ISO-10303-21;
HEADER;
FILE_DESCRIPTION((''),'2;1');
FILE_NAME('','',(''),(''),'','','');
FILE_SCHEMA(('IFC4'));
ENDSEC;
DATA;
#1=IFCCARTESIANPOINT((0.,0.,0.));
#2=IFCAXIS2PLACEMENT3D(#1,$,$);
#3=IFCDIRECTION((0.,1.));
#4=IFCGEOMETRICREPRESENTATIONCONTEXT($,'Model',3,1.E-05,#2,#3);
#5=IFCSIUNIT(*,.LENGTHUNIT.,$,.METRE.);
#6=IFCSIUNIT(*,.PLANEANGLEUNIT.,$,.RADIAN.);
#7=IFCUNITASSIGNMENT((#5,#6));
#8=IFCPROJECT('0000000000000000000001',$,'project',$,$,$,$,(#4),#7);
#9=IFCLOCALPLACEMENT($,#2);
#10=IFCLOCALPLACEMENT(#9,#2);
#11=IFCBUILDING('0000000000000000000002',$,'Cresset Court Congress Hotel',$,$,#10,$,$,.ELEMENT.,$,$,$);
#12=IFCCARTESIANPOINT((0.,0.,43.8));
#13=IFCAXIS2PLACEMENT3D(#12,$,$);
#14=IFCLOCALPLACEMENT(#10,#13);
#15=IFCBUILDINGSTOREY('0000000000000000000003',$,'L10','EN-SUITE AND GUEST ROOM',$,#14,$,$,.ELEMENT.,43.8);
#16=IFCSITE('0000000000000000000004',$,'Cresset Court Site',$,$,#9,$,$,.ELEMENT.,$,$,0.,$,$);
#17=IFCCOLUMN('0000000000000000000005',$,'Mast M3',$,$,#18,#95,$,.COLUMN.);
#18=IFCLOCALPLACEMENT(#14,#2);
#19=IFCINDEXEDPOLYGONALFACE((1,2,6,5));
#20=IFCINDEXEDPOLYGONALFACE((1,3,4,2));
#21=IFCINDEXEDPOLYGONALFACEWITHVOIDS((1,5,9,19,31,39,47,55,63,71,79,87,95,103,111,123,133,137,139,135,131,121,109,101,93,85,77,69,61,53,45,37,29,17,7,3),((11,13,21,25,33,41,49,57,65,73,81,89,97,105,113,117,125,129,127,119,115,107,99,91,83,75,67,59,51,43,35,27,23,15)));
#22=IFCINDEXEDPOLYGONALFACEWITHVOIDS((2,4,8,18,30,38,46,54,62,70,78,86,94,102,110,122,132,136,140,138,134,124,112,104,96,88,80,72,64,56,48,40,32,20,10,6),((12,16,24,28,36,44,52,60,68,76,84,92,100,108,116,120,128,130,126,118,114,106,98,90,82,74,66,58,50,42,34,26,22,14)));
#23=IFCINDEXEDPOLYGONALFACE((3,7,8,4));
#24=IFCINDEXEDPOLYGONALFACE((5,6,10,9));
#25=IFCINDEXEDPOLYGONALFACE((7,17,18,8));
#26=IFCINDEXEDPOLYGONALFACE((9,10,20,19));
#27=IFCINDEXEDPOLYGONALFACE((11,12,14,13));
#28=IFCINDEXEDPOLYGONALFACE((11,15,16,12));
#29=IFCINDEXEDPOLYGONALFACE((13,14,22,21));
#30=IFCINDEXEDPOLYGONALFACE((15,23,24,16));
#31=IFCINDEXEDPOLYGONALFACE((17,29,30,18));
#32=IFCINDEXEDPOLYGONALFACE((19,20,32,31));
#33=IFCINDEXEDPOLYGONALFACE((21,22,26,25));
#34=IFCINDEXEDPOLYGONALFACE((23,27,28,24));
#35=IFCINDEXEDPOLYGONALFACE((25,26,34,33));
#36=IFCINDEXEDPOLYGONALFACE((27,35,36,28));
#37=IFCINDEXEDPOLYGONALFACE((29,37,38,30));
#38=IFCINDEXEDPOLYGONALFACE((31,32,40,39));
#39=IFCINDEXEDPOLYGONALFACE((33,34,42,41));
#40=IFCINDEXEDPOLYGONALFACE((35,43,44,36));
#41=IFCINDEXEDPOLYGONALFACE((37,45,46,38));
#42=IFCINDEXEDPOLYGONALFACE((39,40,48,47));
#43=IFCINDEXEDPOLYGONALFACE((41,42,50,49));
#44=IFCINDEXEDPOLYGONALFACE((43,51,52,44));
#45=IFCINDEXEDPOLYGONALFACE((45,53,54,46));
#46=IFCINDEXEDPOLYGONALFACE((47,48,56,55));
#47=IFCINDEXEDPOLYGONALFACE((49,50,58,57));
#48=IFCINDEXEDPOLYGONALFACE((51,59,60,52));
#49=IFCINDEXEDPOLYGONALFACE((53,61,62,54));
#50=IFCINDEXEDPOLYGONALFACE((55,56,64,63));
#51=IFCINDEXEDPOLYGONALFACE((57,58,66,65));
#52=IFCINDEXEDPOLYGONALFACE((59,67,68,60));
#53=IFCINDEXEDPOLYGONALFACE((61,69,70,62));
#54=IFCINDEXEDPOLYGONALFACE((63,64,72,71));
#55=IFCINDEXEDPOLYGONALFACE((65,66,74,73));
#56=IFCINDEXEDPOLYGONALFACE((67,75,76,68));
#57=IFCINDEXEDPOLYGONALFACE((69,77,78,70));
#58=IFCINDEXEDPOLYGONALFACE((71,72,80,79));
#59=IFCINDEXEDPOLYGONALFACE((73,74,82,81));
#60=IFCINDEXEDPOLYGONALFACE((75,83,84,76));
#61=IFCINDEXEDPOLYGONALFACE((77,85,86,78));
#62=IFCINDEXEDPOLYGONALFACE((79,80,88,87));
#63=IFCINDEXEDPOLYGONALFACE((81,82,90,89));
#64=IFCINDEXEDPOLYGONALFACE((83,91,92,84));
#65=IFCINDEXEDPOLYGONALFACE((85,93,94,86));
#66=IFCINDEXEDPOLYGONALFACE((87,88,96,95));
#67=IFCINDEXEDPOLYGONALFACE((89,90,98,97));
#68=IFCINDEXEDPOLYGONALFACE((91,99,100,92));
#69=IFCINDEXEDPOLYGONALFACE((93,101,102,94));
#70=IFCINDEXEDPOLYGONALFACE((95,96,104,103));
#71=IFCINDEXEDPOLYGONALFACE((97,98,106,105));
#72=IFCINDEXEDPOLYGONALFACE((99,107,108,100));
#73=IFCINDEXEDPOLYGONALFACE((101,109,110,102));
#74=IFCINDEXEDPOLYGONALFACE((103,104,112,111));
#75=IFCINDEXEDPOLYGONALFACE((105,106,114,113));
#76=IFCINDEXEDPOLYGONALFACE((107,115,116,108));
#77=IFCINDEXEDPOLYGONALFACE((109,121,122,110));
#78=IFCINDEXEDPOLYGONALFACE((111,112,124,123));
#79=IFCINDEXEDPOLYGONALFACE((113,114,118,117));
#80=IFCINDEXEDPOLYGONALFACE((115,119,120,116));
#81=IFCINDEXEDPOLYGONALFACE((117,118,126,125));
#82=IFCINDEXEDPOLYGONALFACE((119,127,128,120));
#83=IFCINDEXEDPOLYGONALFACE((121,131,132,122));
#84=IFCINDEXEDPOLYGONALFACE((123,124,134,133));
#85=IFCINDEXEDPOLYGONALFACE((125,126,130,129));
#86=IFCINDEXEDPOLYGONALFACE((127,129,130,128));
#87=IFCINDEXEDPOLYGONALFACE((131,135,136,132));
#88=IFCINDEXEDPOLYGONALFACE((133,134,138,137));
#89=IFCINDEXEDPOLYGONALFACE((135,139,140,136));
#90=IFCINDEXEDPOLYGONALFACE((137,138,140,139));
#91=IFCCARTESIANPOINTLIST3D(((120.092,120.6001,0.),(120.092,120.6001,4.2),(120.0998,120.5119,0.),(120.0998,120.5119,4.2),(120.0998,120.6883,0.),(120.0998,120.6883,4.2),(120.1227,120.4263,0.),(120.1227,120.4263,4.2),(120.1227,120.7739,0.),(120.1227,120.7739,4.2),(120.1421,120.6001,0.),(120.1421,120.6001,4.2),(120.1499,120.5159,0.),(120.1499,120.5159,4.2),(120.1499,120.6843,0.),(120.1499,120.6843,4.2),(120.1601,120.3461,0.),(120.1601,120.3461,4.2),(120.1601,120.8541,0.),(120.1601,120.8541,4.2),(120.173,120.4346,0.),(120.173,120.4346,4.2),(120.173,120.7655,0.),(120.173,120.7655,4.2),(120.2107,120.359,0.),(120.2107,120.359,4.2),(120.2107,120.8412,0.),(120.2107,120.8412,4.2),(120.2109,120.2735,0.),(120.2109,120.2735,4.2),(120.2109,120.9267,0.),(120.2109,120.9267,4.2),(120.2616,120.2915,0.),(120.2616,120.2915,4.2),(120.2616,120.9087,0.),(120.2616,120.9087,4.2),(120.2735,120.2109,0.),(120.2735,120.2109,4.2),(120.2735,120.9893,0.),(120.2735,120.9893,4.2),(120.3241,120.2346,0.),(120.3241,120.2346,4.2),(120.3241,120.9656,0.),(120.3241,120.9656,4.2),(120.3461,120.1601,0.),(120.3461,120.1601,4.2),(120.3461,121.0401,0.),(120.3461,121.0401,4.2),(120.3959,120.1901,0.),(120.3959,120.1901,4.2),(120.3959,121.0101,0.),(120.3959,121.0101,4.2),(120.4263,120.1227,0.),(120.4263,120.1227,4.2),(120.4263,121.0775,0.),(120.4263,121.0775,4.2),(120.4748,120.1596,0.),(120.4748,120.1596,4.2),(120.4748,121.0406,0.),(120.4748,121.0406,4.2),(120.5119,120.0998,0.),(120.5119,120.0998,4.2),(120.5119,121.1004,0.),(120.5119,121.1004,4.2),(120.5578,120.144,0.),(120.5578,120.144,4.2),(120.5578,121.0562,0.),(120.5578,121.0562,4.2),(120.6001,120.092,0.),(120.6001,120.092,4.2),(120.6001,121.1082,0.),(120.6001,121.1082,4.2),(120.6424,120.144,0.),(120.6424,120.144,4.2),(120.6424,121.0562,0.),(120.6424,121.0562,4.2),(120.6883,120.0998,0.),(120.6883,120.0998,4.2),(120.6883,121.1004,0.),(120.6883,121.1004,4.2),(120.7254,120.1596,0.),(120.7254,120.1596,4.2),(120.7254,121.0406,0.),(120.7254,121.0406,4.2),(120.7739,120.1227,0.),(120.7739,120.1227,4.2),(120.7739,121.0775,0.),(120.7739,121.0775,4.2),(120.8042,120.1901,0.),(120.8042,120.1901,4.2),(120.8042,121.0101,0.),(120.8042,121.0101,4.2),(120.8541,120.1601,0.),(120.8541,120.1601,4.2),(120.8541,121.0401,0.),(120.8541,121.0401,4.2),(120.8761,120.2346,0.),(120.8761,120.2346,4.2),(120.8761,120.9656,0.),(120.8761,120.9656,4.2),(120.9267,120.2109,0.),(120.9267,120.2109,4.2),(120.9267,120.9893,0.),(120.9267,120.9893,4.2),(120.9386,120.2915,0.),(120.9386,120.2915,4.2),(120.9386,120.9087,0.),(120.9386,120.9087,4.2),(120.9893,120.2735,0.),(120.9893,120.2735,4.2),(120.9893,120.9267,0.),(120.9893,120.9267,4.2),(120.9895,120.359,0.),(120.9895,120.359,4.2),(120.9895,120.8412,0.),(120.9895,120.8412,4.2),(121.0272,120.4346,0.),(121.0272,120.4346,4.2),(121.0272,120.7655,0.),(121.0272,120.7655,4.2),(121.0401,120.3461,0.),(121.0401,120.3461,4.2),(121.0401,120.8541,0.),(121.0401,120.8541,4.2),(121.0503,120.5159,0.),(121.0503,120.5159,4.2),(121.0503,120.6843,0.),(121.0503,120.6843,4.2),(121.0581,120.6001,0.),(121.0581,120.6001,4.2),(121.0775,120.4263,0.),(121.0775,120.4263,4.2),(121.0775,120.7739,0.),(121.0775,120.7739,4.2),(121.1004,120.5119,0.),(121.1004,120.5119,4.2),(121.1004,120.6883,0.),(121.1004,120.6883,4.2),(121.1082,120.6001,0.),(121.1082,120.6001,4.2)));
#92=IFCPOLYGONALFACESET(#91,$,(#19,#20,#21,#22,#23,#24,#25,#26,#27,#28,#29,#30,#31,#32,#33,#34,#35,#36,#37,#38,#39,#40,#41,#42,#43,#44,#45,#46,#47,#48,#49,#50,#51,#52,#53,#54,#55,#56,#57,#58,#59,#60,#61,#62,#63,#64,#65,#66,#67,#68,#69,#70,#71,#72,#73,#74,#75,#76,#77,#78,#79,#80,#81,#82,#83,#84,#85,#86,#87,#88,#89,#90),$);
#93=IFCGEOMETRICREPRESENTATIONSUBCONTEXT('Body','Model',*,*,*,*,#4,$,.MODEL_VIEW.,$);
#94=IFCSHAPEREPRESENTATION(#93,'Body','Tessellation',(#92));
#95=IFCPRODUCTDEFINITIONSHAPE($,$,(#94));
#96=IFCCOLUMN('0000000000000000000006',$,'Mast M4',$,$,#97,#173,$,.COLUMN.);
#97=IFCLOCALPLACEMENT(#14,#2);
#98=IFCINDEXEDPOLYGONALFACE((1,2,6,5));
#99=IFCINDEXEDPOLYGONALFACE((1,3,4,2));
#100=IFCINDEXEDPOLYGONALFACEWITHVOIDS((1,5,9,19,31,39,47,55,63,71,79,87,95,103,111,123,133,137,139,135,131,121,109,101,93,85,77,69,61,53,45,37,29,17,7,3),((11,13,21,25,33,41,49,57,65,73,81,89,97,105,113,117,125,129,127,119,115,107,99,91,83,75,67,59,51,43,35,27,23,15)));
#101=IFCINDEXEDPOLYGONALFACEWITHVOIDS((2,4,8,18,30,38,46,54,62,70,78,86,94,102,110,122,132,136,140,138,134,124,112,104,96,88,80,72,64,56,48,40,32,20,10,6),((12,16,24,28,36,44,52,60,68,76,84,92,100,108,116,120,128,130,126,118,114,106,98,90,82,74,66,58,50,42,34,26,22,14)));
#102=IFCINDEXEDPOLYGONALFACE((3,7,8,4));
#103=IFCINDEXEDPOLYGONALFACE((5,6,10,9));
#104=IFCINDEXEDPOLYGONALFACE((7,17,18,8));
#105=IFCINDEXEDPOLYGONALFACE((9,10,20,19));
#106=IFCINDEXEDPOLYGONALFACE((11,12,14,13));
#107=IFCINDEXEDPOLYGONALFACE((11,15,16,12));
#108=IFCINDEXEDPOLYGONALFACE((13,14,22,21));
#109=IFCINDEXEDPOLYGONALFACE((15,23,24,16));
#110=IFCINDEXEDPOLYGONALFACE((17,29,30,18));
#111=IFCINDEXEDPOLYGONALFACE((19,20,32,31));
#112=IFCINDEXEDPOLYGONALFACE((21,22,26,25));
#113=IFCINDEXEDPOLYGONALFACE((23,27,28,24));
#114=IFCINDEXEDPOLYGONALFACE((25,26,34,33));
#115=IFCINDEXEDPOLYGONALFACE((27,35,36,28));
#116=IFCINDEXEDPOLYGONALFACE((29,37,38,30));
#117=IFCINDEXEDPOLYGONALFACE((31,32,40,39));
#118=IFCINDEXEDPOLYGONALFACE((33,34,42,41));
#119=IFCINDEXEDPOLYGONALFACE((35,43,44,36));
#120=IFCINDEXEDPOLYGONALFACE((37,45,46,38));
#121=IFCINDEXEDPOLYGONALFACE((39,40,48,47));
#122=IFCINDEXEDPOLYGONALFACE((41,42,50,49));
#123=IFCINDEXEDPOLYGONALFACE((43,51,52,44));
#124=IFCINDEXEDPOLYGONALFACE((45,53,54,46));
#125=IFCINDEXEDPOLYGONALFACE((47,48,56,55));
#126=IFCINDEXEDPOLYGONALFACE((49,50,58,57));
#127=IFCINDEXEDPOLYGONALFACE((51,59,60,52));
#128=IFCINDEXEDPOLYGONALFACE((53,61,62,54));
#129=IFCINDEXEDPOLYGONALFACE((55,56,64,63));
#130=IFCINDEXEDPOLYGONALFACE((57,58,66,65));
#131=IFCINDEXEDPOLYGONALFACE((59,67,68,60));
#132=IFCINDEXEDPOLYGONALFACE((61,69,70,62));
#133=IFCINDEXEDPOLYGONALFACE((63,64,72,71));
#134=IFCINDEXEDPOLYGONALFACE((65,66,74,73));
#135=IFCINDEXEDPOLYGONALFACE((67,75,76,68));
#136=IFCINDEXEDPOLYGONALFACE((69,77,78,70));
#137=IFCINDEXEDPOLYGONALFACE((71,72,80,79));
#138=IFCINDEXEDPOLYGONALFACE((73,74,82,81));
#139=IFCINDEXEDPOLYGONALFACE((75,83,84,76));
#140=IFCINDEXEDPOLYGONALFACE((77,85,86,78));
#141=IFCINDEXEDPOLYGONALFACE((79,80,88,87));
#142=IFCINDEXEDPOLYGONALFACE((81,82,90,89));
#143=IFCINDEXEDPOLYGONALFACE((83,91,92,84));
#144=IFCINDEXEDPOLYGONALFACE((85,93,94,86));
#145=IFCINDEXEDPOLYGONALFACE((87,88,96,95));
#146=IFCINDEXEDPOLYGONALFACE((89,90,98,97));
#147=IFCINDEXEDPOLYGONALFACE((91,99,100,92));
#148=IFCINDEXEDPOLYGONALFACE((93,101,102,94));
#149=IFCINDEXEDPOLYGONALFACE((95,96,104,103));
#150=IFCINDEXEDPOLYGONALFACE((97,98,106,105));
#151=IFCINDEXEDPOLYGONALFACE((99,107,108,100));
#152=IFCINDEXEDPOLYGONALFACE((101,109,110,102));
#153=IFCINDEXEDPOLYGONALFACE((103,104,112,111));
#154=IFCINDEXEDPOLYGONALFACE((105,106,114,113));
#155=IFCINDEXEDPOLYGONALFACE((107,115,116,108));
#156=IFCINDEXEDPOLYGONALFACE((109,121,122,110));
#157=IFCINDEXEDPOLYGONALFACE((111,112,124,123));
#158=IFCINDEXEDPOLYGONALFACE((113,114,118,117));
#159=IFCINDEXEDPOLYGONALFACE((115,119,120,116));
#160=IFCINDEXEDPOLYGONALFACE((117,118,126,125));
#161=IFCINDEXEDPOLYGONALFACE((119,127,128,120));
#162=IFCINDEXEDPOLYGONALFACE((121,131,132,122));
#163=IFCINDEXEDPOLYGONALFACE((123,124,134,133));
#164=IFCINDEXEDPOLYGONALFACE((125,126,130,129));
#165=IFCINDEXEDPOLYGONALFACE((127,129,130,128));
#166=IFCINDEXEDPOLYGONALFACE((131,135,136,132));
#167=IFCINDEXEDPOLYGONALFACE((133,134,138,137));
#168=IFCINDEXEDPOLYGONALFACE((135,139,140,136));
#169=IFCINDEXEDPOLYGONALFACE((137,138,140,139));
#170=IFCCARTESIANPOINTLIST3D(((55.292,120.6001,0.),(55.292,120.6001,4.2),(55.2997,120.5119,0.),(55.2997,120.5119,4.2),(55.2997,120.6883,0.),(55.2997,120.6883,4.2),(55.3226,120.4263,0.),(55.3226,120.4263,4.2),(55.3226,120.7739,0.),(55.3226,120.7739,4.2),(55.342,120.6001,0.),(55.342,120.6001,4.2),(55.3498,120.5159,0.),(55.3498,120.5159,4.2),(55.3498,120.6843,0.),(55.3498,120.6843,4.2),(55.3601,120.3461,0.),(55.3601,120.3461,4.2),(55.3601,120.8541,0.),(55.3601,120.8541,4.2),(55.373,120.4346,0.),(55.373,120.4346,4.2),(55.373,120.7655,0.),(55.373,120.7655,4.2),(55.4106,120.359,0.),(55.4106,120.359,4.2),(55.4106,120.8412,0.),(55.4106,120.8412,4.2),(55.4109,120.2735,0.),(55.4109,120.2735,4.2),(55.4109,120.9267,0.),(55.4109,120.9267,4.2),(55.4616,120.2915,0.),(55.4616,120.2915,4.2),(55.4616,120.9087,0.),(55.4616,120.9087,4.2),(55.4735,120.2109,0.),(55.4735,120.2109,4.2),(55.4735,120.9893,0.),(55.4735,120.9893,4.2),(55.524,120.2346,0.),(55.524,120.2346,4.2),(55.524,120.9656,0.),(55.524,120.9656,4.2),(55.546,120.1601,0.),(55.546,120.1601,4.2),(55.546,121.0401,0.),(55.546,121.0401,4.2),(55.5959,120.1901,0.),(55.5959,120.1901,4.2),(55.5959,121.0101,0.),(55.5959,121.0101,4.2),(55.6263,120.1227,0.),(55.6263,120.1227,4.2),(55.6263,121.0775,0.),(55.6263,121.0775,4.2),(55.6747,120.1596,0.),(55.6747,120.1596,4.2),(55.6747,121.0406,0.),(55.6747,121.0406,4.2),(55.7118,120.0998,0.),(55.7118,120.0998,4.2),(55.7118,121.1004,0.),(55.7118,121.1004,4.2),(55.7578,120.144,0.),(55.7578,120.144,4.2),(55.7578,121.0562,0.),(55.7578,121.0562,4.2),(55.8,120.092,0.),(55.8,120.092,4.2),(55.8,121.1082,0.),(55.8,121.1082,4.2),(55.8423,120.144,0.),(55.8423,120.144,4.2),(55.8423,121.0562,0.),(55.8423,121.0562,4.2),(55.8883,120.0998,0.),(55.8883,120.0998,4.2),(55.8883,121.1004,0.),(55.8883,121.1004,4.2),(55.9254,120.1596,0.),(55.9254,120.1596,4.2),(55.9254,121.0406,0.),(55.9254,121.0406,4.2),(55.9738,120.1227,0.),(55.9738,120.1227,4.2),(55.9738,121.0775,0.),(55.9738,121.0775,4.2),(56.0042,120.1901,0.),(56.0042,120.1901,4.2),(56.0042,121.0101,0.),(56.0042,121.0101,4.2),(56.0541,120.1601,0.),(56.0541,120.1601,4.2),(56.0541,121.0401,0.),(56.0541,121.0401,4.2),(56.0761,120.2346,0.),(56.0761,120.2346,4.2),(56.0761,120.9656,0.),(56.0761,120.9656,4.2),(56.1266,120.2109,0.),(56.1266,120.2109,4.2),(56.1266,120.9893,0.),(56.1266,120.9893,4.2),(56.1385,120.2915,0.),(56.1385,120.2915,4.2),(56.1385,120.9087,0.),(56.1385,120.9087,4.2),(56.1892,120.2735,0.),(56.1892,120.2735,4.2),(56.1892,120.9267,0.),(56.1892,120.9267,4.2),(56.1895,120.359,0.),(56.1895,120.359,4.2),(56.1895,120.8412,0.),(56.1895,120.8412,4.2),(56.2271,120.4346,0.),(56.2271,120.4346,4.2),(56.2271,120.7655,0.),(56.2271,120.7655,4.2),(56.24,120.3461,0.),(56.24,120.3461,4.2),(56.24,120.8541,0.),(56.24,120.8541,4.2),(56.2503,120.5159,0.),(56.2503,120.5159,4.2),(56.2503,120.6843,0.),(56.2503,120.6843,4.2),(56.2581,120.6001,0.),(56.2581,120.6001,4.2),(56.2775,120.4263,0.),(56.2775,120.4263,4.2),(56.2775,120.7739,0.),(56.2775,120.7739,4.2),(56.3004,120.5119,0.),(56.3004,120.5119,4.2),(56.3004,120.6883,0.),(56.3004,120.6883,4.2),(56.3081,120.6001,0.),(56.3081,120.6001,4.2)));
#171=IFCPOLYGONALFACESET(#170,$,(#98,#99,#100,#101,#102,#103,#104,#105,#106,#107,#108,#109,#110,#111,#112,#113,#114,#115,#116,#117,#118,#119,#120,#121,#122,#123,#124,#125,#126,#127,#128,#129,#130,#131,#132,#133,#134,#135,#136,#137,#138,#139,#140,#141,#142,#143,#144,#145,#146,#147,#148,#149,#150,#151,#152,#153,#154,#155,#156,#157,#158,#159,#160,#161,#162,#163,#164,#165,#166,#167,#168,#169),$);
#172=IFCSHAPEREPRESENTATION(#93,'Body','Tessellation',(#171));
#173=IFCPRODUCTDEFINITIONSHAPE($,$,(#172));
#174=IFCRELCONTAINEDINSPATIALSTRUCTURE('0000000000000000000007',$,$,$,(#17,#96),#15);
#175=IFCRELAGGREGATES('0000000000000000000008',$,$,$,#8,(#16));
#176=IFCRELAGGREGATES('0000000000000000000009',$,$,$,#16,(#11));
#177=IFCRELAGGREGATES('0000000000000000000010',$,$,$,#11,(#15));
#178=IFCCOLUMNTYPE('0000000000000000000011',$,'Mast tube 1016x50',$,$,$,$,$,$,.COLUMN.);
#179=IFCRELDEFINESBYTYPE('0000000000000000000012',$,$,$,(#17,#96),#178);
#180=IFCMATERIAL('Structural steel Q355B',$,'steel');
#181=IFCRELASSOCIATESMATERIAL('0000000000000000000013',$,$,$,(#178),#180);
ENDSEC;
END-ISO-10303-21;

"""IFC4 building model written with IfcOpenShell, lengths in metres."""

from ifc_helpers import new_model, si_unit, direction, frame, origin, origin_2d, place, context, subcontext, project, spatial, hollow_circle, extrude, material, material_profile, profile_set, type_object, element, save


model = new_model("IFC4")

# Units and contexts
model_context = context("Model", 3, precision=1e-05, world=origin(), true_north=direction((0.0, 1.0)))
body_context = subcontext(model_context, "Body", "Model", "MODEL_VIEW")
ifc_project = project(units=[si_unit("LENGTHUNIT", "METRE"), si_unit("PLANEANGLEUNIT", "RADIAN")], contexts=[model_context])

# Site, building, storey
site_placement = place(None, origin())
site = spatial("IfcSite", under=ifc_project, at=site_placement, Name="Cresset Court Site", CompositionType="ELEMENT", RefElevation=0.0)
building_placement = place(site_placement, origin())
building = spatial("IfcBuilding", under=site, at=building_placement, Name="Cresset Court Congress Hotel", CompositionType="ELEMENT")
storey_placement = place(building_placement, frame((0.0, 0.0, 43.8)))
storey = spatial("IfcBuildingStorey", under=building, at=storey_placement, Name="L10", Description="EN-SUITE AND GUEST ROOM", CompositionType="ELEMENT", Elevation=43.8)

# Columns
ifc_material_1 = material(Name="Structural steel Q355B", Category="steel")
ifc_material_profile = material_profile(ifc_material_1, hollow_circle(Radius=0.5081, WallThickness=0.05, at=origin_2d()), Name="CHS1016x50")
ifc_profile_set = profile_set([ifc_material_profile], Name="Structural steel Q355B")
column_type = type_object("IfcColumnType", Name="Mast tube 1016x50", PredefinedType="COLUMN", material=ifc_profile_set)
for number, where, z_axis, x_axis, name in (
    (1, (120.6001, 120.6001, 0.0), (0.0, 0.0, 1.0), (1.0, 0.0, 0.0), "Mast M3"),
    (2, (55.8, 120.6001, 0.0), (0.0, 0.0, 1.0), (1.0, 0.0, 0.0), "Mast M4"),
):
    element("IfcColumn", number, at=place(storey_placement, frame(where, z_axis=z_axis, x_axis=x_axis)), inside=storey, type_object=column_type, Name=name, PredefinedType="COLUMN", context=body_context, shape_type="SweptSolid", body=[
        extrude(hollow_circle(Radius=0.5081, WallThickness=0.05, at=origin_2d()), origin(), (0.0, 0.0, 1.0), 4.2),
    ])

save(model, "model.ifc")
